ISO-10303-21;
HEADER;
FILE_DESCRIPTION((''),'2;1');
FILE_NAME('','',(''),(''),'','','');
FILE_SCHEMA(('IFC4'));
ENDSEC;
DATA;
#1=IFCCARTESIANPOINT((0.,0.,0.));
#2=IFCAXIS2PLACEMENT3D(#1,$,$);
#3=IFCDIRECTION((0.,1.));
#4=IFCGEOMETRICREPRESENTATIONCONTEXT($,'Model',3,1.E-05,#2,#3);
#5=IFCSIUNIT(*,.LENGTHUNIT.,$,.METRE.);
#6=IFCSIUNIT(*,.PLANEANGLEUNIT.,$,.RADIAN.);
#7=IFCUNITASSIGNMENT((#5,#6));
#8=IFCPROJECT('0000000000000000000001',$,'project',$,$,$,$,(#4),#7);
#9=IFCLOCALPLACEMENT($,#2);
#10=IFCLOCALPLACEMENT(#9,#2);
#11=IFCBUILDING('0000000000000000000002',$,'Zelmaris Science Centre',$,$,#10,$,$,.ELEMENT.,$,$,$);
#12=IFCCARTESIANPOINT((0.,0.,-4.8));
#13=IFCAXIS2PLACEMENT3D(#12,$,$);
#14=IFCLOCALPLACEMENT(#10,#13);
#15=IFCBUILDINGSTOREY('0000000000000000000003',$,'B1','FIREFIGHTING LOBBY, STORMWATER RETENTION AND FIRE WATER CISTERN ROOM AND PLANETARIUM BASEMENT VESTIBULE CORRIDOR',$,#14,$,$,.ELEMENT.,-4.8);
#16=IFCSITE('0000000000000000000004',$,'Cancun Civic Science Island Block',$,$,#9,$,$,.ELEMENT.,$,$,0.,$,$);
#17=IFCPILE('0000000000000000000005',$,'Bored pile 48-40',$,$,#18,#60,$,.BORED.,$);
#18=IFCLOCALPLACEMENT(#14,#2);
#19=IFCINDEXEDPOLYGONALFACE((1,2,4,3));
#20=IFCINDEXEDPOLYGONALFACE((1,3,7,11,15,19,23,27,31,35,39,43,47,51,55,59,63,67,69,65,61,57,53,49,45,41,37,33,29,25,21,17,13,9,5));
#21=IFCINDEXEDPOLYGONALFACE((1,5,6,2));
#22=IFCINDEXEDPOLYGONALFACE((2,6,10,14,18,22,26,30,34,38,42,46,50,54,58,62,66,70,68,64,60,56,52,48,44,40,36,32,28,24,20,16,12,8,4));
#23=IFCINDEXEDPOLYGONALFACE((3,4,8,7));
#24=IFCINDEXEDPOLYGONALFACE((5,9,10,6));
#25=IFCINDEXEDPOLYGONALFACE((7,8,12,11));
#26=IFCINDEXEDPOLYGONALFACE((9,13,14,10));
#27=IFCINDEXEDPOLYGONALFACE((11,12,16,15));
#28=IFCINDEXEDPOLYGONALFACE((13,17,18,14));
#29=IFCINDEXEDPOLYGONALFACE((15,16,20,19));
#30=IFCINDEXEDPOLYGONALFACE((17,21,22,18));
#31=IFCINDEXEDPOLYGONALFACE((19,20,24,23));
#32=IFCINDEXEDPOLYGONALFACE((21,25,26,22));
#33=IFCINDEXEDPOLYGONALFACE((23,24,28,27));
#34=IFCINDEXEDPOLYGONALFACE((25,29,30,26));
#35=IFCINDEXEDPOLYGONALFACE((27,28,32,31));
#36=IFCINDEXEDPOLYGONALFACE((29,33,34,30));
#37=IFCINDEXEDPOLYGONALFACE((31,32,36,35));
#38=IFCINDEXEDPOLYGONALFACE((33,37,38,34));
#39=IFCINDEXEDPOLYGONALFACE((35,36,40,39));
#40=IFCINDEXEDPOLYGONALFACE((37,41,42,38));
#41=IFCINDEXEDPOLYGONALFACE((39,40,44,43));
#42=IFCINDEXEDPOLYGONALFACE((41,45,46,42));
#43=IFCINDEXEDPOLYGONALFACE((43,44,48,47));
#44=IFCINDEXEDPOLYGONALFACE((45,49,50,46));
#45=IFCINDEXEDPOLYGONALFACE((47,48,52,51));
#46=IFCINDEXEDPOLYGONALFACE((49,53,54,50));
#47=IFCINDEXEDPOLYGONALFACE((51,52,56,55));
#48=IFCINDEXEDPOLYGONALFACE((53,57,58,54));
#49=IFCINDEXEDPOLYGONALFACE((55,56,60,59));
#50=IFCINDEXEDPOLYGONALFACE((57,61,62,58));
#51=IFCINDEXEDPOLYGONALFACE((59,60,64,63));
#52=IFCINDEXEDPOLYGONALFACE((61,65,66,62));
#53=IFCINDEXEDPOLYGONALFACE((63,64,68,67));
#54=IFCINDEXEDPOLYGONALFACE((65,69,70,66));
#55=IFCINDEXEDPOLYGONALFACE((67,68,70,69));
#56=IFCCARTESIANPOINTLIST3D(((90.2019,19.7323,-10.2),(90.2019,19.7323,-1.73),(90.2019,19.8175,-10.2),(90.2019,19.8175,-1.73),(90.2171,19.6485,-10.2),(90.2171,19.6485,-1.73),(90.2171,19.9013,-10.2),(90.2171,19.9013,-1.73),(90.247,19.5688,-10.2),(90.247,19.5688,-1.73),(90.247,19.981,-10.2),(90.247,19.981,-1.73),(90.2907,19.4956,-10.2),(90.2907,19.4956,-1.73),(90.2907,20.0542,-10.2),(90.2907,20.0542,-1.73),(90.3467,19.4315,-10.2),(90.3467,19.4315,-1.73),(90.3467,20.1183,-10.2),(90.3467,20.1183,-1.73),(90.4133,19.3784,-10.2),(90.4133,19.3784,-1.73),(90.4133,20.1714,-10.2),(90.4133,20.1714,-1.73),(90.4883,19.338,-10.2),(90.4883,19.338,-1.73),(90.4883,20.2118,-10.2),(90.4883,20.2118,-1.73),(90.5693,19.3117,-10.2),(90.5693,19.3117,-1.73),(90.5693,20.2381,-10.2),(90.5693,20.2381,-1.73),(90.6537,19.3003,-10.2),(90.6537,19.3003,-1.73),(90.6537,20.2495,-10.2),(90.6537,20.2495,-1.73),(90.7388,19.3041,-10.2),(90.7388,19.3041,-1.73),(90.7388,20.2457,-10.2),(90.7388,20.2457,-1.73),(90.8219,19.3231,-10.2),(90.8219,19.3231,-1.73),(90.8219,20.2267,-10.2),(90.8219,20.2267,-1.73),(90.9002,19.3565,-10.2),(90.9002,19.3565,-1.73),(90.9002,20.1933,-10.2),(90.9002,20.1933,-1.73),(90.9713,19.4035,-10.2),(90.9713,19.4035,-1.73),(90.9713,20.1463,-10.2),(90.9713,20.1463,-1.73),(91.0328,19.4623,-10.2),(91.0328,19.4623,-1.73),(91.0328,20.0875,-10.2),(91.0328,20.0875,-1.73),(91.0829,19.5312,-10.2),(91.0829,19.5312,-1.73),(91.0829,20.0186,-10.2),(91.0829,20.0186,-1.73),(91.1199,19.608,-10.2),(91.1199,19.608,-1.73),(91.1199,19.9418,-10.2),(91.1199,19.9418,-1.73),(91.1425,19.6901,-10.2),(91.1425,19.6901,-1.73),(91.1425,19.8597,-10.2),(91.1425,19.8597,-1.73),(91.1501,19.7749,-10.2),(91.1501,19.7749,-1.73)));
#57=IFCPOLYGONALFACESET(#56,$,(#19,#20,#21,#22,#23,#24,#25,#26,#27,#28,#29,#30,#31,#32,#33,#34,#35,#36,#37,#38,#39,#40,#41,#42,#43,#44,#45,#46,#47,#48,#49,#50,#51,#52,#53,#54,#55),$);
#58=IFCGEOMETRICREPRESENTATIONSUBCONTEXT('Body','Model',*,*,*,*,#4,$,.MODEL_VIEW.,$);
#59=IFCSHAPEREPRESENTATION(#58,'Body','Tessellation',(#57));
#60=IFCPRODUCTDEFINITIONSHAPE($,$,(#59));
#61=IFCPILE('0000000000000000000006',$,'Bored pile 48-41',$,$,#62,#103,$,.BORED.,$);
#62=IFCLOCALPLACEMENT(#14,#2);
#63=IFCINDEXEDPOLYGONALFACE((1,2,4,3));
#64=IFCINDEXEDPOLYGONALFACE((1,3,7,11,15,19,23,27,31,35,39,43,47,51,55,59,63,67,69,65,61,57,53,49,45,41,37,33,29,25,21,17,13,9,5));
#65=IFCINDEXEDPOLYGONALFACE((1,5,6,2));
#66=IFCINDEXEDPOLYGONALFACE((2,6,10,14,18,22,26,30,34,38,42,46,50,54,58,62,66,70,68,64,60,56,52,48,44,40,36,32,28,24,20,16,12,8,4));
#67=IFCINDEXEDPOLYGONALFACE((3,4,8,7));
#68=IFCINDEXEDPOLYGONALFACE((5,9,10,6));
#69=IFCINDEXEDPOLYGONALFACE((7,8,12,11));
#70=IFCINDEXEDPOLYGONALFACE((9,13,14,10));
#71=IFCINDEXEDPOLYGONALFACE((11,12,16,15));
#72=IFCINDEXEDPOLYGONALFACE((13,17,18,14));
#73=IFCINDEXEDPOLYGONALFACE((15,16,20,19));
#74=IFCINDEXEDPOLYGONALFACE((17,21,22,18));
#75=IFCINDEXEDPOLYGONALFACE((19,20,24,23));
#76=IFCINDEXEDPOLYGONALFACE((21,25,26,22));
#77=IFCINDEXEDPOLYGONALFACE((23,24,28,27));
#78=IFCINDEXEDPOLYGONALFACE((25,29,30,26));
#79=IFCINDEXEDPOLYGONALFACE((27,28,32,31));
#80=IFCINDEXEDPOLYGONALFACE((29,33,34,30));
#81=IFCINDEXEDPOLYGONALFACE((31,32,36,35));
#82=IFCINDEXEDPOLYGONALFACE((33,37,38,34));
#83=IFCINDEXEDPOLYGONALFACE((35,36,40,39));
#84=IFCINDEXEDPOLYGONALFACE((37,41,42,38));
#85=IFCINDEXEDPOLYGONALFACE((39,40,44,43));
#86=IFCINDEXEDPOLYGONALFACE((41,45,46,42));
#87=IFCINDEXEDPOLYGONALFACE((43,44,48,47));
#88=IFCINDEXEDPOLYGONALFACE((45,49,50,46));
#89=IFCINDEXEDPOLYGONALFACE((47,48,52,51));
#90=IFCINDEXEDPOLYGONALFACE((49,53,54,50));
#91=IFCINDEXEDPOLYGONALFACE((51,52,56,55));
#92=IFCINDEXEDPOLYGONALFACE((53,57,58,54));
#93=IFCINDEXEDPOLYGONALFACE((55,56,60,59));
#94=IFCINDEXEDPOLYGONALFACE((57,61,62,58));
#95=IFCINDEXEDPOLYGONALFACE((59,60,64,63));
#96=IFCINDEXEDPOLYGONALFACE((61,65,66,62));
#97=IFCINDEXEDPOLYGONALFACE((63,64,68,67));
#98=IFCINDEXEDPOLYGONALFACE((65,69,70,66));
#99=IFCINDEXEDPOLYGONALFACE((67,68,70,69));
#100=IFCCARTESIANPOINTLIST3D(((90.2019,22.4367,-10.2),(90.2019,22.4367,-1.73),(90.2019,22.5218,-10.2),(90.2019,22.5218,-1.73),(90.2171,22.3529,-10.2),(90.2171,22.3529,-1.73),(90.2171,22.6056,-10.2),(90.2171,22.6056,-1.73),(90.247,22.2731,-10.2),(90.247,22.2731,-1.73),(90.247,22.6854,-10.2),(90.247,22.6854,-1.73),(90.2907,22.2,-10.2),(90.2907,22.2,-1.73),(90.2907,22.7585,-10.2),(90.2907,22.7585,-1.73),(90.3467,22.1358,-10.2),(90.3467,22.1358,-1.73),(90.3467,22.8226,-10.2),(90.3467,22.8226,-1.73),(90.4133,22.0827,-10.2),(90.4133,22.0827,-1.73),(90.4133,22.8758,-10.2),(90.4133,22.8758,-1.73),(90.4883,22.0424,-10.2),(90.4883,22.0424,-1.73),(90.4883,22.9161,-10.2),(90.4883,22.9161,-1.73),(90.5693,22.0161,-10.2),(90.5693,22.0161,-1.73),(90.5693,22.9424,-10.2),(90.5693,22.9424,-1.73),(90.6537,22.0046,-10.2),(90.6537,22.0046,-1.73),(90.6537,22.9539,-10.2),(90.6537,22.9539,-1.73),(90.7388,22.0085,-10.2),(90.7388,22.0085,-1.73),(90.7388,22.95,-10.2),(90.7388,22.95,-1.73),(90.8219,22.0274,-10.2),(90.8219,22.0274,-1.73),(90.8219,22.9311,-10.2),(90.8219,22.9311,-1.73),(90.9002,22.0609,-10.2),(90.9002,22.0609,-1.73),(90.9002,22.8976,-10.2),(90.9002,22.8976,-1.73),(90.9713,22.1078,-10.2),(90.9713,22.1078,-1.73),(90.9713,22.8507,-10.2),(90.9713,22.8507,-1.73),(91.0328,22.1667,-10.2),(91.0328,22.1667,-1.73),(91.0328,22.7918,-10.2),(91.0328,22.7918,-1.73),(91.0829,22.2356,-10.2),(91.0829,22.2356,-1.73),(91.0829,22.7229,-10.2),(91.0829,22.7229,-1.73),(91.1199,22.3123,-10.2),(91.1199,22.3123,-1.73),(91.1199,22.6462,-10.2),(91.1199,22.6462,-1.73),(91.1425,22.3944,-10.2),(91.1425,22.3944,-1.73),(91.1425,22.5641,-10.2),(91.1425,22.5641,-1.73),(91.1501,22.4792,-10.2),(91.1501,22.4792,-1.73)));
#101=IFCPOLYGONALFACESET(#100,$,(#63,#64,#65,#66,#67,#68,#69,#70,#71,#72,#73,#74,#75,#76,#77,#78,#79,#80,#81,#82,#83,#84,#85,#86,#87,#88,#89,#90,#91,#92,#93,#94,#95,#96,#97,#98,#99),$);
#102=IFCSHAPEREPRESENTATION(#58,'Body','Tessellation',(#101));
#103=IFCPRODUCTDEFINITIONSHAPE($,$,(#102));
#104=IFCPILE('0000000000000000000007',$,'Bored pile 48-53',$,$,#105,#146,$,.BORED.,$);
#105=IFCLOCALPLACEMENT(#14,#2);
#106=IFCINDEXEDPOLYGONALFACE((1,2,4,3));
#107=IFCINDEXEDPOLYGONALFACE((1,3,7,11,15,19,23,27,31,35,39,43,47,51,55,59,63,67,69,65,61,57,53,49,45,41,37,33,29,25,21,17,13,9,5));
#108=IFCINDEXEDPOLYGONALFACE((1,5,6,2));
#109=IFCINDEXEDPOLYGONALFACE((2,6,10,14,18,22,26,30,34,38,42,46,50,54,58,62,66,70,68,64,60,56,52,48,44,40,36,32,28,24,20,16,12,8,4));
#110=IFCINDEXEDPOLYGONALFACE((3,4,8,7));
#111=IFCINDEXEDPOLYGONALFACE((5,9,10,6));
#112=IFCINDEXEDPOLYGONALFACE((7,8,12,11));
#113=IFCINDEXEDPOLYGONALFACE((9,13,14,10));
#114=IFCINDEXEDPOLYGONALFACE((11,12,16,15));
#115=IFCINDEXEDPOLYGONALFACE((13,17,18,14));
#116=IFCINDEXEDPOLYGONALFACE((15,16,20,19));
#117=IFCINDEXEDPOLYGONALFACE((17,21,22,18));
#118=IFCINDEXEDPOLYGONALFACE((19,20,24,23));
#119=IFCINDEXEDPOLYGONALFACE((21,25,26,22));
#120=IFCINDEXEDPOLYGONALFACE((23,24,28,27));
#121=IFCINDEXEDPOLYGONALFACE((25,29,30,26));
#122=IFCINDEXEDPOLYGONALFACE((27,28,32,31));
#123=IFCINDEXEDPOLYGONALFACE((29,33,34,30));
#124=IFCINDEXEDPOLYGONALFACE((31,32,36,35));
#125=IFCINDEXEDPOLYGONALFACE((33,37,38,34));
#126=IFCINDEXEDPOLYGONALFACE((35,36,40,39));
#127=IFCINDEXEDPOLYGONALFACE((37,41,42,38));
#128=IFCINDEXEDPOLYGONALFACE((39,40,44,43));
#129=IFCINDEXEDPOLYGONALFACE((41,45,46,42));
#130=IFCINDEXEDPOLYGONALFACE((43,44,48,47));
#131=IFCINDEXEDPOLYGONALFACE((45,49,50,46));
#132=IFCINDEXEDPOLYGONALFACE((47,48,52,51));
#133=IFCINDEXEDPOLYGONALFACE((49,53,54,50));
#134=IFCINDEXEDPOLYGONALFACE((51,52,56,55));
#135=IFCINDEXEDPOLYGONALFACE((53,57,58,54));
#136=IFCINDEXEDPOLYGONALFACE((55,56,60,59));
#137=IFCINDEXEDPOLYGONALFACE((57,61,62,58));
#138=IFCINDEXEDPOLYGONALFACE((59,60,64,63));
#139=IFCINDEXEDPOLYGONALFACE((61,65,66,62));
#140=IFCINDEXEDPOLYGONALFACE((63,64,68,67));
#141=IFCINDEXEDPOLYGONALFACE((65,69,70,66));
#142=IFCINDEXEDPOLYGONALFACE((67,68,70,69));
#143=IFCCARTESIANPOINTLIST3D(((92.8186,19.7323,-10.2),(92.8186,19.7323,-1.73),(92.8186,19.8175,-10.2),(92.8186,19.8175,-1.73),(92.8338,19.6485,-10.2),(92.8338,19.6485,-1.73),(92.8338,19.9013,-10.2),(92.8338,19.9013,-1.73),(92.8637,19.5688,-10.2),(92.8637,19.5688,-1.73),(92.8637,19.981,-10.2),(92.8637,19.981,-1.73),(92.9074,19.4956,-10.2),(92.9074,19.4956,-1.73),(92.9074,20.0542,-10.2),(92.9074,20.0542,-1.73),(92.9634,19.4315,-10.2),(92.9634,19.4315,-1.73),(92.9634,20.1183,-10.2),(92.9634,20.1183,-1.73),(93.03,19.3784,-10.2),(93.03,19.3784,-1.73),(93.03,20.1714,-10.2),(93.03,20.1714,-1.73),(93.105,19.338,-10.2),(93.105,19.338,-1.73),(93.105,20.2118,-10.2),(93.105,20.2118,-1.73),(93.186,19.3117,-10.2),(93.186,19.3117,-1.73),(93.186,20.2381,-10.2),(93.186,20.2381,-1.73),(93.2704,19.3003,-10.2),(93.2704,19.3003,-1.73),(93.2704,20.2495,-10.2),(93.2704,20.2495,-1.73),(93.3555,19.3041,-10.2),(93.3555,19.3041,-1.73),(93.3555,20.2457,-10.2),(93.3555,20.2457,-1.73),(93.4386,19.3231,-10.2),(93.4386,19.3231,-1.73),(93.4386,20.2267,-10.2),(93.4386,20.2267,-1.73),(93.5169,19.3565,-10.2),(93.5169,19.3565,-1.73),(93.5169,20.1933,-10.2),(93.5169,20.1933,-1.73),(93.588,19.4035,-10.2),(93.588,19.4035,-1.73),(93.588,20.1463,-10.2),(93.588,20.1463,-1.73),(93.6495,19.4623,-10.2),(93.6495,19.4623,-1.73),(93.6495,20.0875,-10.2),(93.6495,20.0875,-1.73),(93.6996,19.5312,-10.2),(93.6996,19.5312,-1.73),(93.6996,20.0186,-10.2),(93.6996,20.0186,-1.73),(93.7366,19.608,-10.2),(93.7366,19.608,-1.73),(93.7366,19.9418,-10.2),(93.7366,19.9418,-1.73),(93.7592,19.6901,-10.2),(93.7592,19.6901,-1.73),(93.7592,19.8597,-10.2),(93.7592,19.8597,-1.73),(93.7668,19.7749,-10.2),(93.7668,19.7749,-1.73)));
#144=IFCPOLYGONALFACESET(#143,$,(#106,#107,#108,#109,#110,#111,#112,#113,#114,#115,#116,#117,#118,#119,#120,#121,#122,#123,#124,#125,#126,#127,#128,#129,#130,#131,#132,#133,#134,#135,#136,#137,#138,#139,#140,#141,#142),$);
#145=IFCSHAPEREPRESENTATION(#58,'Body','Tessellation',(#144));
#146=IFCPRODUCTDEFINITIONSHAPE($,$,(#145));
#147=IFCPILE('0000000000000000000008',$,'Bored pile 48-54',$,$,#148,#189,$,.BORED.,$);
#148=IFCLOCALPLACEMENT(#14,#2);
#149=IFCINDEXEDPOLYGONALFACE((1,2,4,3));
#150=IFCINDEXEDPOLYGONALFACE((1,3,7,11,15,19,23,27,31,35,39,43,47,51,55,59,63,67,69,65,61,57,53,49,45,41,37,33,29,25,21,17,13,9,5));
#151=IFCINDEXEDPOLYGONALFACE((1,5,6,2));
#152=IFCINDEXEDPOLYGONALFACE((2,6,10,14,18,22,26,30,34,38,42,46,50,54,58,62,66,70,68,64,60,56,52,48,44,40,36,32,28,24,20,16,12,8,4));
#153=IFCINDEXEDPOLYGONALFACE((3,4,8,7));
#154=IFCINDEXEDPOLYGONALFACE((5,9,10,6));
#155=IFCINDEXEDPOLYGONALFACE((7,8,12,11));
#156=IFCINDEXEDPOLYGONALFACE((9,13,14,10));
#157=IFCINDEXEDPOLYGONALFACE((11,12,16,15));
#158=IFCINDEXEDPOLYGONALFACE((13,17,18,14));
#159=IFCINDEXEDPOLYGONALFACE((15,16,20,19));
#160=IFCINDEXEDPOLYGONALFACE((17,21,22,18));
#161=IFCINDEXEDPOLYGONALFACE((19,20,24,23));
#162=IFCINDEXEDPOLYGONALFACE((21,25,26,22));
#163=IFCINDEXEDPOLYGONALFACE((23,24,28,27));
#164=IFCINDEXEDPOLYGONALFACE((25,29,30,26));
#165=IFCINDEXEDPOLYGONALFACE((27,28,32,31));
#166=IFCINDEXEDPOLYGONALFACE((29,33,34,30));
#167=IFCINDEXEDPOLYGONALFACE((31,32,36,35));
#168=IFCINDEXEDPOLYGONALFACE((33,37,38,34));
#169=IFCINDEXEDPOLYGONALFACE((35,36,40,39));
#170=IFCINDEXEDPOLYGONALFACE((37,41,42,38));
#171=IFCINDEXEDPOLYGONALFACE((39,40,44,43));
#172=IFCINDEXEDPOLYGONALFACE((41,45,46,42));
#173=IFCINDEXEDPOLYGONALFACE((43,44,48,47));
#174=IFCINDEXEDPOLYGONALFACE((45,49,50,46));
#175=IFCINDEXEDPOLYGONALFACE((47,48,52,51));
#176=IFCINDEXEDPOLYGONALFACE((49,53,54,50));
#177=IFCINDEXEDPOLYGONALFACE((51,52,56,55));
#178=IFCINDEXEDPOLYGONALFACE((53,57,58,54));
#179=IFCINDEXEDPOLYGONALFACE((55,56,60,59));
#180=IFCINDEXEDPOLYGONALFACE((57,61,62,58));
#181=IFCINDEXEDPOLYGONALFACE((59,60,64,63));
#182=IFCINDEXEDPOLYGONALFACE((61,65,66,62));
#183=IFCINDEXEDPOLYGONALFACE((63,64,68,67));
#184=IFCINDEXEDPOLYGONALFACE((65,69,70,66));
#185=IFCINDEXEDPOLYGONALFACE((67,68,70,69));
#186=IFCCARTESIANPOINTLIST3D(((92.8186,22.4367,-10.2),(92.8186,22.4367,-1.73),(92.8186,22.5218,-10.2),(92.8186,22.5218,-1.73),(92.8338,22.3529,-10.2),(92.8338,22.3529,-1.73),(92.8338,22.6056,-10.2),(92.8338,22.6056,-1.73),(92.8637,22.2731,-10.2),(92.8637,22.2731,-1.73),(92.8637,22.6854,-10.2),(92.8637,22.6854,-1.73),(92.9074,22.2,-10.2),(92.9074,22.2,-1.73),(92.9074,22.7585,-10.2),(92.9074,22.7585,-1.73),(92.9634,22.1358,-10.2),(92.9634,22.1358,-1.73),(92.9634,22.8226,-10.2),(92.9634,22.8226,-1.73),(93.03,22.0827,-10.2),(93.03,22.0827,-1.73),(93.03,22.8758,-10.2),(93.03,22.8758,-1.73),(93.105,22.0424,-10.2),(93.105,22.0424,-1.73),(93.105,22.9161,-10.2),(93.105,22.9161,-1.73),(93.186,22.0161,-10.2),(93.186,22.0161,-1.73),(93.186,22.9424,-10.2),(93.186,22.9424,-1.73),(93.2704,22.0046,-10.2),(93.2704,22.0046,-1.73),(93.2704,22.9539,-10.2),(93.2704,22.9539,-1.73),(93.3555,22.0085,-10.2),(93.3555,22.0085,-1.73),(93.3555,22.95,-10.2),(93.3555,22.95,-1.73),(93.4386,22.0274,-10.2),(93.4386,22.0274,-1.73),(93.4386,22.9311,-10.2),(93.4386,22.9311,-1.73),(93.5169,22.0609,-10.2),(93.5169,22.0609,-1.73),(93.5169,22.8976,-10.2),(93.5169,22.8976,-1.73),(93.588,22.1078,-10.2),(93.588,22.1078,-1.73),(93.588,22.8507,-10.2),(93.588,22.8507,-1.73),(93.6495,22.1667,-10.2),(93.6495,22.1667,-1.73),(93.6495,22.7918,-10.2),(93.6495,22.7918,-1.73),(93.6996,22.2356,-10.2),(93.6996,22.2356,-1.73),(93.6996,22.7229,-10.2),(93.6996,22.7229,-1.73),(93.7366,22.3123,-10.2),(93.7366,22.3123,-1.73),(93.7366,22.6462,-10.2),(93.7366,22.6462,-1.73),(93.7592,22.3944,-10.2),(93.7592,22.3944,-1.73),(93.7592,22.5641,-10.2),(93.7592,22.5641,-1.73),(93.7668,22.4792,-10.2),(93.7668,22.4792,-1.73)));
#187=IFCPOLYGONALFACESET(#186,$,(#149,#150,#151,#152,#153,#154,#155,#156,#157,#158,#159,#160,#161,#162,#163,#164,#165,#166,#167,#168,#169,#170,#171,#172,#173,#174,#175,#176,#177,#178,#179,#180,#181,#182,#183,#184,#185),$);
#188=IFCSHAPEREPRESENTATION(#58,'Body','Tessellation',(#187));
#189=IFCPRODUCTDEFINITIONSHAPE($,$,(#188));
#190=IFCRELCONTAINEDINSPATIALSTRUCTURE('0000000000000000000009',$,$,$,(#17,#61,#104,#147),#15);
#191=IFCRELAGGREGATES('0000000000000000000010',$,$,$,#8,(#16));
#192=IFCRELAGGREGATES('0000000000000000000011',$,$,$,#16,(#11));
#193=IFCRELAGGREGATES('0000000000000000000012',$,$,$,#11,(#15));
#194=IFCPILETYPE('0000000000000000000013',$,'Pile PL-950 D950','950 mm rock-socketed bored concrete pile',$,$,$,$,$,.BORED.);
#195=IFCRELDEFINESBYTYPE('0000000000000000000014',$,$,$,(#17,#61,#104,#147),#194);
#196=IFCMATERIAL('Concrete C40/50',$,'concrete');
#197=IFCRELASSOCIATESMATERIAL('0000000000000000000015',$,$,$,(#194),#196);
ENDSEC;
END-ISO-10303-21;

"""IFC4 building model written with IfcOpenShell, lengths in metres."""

from ifc_helpers import new_model, si_unit, direction, frame, origin, origin_2d, place, context, subcontext, project, spatial, circle, extrude, material, material_profile, profile_set, type_object, element, save


model = new_model("IFC4")

# Units and contexts
model_context = context("Model", 3, precision=1e-05, world=origin(), true_north=direction((0.0, 1.0)))
body_context = subcontext(model_context, "Body", "Model", "MODEL_VIEW")
ifc_project = project(units=[si_unit("LENGTHUNIT", "METRE"), si_unit("PLANEANGLEUNIT", "RADIAN")], contexts=[model_context])

# Site, building, storey
site_placement = place(None, origin())
site = spatial("IfcSite", under=ifc_project, at=site_placement, Name="Cancun Civic Science Island Block", CompositionType="ELEMENT", RefElevation=0.0)
building_placement = place(site_placement, origin())
building = spatial("IfcBuilding", under=site, at=building_placement, Name="Zelmaris Science Centre", CompositionType="ELEMENT")
storey_placement = place(building_placement, frame((0.0, 0.0, -4.8)))
storey = spatial("IfcBuildingStorey", under=building, at=storey_placement, Name="B1", Description="FIREFIGHTING LOBBY, STORMWATER RETENTION AND FIRE WATER CISTERN ROOM AND PLANETARIUM BASEMENT VESTIBULE CORRIDOR", CompositionType="ELEMENT", Elevation=-4.8)

# Shared definitions
ifc_material_1 = material(Name="Concrete C40/50", Category="concrete")

# Piles
ifc_material_profile_1 = material_profile(ifc_material_1, circle(Radius=0.4751, at=origin_2d()), Name="PILE-950")
ifc_profile_set_1 = profile_set([ifc_material_profile_1], Name="Concrete C40/50")
pile_type_1 = type_object("IfcPileType", Name="Pile PL-950 D950", Description="950 mm rock-socketed bored concrete pile", PredefinedType="BORED", material=ifc_profile_set_1)
for number, where, z_axis, x_axis, name in (
    (1, (90.675, 19.7749, -1.73), (0.0, 0.0, -1.0), (1.0, 0.0, 0.0), "Bored pile 48-40"),
    (2, (90.675, 22.4792, -1.73), (0.0, 0.0, -1.0), (1.0, 0.0, 0.0), "Bored pile 48-41"),
    (3, (93.2917, 19.7749, -1.73), (0.0, 0.0, -1.0), (1.0, 0.0, 0.0), "Bored pile 48-53"),
    (4, (93.2917, 22.4792, -1.73), (0.0, 0.0, -1.0), (1.0, 0.0, 0.0), "Bored pile 48-54"),
):
    element("IfcPile", number, at=place(storey_placement, frame(where, z_axis=z_axis, x_axis=x_axis)), inside=storey, type_object=pile_type_1, Name=name, PredefinedType="BORED", context=body_context, shape_type="SweptSolid", body=[
        extrude(circle(Radius=0.4751, at=origin_2d()), origin(), (0.0, 0.0, 1.0), 8.47),
    ])

save(model, "model.ifc")
